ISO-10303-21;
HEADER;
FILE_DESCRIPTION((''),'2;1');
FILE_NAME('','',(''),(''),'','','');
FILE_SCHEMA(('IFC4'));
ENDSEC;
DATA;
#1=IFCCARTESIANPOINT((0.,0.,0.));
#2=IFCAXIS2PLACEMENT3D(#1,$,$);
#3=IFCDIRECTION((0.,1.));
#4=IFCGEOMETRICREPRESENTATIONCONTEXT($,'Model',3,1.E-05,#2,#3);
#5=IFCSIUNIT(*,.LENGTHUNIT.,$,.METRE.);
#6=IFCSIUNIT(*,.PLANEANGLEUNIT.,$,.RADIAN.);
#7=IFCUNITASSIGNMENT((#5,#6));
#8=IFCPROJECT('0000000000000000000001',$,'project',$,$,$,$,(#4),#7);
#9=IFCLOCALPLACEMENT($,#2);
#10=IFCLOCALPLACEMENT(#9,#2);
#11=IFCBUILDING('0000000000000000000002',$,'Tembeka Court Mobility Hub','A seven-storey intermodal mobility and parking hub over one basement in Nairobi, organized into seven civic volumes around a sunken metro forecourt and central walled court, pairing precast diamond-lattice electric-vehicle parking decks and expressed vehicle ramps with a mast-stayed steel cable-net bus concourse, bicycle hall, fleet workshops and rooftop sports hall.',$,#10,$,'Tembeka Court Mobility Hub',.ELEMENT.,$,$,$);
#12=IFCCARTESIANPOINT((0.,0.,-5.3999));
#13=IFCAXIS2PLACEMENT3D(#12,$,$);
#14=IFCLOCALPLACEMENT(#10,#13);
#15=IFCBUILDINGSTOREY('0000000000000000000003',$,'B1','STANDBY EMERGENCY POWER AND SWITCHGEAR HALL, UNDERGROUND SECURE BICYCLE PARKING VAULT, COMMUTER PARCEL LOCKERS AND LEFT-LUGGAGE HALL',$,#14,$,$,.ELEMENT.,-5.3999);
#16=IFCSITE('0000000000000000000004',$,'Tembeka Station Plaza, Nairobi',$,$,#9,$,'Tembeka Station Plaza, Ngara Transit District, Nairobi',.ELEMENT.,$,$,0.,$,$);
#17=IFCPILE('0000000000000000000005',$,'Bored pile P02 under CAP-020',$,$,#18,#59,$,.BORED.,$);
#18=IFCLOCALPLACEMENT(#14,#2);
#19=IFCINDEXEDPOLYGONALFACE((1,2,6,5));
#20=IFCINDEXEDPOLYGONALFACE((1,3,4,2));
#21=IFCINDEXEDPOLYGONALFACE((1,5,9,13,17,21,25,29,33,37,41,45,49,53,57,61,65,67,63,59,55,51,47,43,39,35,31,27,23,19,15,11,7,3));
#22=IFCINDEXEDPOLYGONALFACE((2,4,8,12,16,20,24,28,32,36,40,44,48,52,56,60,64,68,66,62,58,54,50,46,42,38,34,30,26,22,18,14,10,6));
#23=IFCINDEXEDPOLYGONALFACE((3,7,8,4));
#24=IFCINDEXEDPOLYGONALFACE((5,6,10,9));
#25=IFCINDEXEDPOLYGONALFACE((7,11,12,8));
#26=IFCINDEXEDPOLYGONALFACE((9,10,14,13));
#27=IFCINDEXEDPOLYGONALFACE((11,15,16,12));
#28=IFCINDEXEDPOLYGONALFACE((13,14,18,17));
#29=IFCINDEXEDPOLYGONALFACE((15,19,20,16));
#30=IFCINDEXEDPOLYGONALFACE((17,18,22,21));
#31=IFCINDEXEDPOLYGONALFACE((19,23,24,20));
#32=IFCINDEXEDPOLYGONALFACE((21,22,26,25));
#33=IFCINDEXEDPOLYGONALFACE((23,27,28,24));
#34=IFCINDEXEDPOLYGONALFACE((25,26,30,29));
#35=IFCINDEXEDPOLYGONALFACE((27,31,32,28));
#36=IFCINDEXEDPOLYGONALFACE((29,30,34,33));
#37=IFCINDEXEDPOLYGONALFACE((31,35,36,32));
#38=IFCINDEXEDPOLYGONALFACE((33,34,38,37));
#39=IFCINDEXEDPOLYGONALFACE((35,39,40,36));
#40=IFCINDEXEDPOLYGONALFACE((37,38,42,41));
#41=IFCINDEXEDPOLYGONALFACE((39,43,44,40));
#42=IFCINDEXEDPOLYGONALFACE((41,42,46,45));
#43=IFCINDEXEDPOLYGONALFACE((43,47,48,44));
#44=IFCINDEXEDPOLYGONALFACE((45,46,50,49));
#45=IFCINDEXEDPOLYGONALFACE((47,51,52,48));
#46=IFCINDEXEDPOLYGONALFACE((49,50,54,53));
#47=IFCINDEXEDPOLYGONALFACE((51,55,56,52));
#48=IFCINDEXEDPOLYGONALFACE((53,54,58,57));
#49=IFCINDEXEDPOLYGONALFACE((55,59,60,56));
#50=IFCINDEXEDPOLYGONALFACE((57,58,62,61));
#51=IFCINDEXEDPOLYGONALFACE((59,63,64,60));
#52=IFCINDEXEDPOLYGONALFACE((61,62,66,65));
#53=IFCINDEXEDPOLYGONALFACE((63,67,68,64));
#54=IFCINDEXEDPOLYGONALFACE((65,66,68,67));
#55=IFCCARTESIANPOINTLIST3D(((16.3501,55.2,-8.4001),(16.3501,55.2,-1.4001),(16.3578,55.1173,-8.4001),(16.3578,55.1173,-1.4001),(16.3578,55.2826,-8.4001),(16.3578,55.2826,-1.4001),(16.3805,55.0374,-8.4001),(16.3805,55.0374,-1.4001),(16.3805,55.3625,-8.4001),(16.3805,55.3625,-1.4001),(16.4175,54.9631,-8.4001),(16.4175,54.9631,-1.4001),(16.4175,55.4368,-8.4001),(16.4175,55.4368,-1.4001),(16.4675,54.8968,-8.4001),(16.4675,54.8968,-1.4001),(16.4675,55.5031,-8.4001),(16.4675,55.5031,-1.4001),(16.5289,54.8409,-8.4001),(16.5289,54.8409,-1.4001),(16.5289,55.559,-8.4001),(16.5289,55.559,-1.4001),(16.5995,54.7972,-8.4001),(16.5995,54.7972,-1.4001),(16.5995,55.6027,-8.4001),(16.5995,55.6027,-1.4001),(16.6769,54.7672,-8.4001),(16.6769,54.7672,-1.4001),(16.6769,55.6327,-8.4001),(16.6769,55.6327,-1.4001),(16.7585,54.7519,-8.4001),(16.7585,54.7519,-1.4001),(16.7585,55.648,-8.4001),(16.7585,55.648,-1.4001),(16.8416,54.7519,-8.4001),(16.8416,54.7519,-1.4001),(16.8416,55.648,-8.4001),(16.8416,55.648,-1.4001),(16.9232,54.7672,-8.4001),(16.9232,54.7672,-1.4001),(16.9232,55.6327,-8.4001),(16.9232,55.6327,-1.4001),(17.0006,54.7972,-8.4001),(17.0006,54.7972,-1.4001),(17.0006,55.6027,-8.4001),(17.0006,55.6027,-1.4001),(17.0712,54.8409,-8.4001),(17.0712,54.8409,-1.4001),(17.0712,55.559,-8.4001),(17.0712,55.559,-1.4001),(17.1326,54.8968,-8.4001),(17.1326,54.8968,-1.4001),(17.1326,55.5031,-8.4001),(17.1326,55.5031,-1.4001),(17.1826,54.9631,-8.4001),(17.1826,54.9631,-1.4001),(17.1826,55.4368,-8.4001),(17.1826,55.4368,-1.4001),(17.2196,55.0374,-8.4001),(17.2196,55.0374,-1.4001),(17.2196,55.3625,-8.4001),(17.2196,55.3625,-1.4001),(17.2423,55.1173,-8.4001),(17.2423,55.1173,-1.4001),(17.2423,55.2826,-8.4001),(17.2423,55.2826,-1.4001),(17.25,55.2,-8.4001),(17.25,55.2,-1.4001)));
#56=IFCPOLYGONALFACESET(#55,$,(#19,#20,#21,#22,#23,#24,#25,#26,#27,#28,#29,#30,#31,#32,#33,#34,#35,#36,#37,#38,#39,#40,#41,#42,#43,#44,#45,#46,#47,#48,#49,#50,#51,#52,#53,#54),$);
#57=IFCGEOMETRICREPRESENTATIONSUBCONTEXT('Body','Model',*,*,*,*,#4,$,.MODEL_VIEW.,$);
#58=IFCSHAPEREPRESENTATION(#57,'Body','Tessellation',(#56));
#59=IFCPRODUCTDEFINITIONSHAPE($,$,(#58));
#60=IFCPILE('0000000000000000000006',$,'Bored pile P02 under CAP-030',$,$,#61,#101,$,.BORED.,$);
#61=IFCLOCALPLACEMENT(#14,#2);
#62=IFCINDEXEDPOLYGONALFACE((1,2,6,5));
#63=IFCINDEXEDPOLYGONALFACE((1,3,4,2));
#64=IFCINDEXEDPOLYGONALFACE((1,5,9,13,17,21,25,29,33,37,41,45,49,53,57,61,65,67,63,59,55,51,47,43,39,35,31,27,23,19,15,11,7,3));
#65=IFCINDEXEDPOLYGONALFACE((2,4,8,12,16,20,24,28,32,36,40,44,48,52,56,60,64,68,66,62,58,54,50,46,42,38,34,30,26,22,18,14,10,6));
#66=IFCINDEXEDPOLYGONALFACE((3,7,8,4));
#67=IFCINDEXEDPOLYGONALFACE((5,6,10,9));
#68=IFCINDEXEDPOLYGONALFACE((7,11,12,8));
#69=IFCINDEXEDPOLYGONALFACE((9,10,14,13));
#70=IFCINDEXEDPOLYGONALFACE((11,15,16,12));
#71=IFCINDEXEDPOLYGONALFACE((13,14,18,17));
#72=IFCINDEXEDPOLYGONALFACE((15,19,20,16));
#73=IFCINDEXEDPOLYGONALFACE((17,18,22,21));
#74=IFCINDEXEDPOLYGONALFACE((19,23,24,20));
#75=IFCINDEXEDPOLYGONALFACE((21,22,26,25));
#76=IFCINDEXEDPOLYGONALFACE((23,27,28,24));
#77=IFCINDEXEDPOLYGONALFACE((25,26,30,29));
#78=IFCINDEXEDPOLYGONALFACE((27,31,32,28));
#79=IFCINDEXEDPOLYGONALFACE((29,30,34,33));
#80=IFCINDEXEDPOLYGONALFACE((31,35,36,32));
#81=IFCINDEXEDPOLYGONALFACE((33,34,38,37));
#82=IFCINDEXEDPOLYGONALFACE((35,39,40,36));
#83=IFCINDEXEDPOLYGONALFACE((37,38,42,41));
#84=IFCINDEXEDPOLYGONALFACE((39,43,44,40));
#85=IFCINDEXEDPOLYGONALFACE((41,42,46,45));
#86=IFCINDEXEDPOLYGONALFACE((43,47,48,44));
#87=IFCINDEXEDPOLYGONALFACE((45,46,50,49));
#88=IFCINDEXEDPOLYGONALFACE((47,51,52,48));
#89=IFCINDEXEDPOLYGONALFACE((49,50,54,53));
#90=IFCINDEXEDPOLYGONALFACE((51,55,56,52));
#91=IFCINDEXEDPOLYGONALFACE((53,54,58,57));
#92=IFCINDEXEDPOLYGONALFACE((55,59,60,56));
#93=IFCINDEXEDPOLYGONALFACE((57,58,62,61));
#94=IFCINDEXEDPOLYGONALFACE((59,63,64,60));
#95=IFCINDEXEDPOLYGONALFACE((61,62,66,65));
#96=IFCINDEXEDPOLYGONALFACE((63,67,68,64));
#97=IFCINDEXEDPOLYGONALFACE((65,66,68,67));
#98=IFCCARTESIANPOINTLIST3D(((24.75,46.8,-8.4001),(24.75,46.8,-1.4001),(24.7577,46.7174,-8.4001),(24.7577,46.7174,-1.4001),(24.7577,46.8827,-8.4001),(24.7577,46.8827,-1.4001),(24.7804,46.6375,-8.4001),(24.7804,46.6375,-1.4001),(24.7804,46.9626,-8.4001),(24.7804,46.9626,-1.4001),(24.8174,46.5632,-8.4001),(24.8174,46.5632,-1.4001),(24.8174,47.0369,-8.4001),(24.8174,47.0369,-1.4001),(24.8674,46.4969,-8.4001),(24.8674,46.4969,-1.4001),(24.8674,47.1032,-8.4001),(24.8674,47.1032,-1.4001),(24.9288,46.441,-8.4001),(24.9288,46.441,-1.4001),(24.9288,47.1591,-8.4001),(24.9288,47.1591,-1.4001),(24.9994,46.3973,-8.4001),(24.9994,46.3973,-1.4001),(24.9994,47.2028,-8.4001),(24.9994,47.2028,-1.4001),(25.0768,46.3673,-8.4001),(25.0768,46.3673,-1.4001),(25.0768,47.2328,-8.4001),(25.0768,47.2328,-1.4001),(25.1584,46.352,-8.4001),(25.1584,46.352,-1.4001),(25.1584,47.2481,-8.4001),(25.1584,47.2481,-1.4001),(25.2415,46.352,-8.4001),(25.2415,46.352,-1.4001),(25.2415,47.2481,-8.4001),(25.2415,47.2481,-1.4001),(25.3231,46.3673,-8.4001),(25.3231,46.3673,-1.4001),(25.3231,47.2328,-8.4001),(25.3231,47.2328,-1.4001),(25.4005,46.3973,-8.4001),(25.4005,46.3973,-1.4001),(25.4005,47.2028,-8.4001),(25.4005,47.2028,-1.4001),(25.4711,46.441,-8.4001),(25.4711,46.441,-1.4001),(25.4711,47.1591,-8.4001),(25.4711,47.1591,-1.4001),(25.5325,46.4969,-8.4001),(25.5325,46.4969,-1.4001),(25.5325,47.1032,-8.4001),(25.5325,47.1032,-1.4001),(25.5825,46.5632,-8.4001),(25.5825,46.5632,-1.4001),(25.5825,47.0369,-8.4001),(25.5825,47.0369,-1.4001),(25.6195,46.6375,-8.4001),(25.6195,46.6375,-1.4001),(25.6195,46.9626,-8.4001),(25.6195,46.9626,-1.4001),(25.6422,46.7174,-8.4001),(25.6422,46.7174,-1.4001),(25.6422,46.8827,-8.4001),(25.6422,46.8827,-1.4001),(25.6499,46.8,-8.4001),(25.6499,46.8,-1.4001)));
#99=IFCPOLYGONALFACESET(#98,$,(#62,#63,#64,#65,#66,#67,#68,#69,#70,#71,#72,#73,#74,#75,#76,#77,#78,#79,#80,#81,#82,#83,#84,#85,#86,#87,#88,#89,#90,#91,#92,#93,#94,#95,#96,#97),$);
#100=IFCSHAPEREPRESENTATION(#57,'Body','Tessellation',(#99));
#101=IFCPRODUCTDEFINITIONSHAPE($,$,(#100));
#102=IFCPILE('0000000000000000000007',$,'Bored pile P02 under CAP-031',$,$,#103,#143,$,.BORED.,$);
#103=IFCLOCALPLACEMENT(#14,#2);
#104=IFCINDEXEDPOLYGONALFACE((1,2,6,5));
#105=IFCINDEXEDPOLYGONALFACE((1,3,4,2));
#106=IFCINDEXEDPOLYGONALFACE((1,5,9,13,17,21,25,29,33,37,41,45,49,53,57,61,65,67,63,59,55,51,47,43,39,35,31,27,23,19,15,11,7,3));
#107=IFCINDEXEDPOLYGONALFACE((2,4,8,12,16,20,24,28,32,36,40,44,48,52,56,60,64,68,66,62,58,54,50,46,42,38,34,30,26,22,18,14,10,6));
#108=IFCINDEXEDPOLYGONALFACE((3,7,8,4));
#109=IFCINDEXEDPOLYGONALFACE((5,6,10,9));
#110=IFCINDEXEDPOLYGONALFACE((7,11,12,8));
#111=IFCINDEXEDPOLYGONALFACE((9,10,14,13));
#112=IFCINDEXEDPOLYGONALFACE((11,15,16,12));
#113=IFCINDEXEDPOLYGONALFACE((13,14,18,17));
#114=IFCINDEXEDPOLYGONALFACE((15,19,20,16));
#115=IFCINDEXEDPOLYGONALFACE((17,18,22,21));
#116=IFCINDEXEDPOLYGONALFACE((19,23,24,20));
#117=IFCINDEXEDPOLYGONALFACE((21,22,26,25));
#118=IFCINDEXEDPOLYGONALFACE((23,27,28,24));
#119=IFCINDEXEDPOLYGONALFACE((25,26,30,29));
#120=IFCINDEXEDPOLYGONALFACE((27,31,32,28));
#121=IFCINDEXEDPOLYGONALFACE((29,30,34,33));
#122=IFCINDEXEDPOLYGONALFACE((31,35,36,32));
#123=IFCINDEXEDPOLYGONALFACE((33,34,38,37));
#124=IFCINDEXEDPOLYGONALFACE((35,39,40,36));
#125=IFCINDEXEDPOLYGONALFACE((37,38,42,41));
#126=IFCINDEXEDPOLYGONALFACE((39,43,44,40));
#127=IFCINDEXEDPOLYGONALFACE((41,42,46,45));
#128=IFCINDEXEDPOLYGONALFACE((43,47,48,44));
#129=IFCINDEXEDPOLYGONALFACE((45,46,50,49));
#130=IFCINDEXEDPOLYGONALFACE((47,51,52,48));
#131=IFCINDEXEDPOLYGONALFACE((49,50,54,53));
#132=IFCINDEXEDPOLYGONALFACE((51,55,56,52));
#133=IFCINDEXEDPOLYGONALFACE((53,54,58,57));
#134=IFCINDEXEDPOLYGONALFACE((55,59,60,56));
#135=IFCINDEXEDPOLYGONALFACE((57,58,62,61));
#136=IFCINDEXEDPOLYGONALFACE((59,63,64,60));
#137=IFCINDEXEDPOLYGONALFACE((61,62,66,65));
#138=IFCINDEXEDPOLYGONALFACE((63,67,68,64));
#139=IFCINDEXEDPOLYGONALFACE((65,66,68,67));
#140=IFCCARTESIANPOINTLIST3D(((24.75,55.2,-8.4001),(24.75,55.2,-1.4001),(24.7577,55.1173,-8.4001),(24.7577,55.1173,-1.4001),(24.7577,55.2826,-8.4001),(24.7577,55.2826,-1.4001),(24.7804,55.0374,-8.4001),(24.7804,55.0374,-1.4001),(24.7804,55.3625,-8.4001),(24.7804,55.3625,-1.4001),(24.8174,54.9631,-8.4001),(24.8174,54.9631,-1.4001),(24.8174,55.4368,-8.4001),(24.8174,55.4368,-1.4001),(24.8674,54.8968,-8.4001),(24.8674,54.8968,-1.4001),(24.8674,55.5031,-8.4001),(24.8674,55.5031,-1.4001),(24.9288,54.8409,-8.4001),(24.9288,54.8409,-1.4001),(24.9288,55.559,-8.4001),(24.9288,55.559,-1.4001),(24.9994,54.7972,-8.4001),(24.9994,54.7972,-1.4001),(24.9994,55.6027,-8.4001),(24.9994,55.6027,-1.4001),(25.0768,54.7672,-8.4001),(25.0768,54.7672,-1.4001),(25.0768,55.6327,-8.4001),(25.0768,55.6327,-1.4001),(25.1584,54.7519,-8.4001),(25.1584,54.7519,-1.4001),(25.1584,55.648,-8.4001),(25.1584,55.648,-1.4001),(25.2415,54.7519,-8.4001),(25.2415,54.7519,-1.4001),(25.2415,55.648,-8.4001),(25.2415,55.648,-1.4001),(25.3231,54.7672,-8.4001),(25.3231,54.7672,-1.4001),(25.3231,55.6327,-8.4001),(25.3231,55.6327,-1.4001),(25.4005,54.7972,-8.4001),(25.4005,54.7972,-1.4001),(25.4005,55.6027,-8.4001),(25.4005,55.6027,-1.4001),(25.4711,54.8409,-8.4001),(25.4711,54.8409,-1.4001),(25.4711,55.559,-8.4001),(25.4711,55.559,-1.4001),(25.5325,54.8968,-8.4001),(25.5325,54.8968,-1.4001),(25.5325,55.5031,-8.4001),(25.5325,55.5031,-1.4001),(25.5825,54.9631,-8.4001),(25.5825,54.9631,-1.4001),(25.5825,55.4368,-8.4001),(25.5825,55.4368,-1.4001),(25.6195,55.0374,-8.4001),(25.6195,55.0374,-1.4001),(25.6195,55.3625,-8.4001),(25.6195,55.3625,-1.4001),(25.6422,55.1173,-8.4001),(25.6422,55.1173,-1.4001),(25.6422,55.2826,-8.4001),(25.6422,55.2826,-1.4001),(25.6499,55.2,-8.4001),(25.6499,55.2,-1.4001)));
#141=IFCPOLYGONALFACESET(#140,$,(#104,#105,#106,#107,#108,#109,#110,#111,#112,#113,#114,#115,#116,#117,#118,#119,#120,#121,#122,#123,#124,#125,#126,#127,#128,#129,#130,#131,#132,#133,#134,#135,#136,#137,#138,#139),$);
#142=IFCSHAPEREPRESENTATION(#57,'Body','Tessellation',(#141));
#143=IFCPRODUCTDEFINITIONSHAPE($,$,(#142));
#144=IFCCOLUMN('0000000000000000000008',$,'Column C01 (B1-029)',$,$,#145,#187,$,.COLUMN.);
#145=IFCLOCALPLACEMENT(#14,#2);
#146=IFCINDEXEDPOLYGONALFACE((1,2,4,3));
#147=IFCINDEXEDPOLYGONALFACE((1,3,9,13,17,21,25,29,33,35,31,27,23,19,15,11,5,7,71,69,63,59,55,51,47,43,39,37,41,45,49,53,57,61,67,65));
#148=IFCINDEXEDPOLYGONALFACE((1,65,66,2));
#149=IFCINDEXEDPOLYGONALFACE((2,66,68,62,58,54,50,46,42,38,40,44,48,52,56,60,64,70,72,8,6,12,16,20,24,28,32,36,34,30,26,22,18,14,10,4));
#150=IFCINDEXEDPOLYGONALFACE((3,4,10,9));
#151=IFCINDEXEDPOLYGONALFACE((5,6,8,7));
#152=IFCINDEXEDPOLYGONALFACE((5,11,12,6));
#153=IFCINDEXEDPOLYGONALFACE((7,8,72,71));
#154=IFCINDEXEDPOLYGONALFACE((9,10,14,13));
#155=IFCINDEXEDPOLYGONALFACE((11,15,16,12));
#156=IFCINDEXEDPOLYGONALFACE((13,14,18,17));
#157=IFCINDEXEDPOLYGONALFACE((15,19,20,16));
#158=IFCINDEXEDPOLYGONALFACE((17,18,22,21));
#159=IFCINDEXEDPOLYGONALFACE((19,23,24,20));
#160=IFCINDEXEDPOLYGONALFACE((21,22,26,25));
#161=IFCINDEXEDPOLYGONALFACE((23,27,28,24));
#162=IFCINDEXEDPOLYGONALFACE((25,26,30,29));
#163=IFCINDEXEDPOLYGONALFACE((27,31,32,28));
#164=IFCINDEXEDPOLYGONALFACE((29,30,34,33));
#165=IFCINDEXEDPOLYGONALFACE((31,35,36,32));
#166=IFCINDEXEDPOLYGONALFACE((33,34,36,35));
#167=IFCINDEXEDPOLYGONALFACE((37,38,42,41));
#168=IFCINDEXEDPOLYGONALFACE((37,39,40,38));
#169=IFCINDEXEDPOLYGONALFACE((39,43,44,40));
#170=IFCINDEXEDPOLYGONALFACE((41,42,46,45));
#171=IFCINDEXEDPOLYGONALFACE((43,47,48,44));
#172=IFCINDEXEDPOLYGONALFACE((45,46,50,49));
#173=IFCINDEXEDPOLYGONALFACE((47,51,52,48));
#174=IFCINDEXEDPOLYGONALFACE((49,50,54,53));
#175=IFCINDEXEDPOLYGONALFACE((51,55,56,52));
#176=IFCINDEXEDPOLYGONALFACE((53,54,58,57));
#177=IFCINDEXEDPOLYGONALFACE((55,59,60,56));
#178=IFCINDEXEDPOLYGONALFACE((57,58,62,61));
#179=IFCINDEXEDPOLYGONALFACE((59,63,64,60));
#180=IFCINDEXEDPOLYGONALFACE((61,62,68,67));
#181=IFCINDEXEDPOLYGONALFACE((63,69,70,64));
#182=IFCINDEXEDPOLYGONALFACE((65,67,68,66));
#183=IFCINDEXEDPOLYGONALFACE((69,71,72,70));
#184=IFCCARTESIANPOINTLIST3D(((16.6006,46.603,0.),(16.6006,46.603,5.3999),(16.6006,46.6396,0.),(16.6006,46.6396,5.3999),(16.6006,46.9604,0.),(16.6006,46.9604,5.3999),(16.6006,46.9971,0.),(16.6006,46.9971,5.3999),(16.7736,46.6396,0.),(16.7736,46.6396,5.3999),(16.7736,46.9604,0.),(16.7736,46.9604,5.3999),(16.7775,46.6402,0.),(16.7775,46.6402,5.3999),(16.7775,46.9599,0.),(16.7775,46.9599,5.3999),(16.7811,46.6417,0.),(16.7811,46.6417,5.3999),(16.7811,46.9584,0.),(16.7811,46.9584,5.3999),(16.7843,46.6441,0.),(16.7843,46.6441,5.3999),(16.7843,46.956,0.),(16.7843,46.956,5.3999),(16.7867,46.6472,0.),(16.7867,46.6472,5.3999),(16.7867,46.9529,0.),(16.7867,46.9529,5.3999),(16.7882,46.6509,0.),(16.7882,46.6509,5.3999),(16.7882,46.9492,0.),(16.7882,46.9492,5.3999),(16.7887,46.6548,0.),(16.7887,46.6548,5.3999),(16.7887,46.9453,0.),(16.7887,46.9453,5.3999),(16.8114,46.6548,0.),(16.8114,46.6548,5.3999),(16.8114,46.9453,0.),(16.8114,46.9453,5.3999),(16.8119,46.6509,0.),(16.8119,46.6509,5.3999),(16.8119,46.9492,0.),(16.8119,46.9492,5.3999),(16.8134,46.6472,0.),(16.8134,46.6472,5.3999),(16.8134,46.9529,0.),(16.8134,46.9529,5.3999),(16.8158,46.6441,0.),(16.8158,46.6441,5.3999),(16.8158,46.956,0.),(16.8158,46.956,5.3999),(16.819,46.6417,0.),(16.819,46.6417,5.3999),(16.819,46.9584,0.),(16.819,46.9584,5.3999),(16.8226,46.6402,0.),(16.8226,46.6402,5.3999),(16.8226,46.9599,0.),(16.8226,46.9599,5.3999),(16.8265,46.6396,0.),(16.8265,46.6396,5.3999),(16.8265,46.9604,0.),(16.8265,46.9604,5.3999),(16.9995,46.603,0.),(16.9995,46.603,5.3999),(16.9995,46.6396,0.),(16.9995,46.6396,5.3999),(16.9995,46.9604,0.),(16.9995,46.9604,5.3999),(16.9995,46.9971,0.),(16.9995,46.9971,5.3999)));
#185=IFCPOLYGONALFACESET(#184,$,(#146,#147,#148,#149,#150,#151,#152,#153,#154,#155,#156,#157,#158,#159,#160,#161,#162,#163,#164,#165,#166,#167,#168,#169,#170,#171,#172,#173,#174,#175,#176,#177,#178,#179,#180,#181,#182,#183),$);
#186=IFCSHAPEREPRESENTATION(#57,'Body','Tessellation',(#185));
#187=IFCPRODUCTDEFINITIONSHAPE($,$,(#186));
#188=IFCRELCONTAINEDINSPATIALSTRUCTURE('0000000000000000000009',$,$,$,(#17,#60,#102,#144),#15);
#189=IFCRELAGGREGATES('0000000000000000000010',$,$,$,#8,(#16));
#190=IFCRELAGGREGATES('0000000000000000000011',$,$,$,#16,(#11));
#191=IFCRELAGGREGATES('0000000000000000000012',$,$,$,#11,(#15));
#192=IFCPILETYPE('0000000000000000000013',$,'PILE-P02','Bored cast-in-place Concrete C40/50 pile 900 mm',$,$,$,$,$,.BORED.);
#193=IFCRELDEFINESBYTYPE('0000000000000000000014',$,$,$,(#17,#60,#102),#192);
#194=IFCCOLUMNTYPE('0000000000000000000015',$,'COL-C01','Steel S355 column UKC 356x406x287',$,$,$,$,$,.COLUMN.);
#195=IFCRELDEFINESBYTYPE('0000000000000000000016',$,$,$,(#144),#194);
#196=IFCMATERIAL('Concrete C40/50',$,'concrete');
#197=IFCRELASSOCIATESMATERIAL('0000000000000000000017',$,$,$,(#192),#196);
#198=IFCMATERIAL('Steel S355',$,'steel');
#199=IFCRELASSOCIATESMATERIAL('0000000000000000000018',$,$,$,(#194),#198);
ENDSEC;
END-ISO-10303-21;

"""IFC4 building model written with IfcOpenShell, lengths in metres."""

from ifc_helpers import new_model, si_unit, direction, frame, origin, origin_2d, place, context, subcontext, project, spatial, circle, i_section, extrude, material, material_profile, profile_set, type_object, element, save


model = new_model("IFC4")

# Units and contexts
model_context = context("Model", 3, precision=1e-05, world=origin(), true_north=direction((0.0, 1.0)))
body_context = subcontext(model_context, "Body", "Model", "MODEL_VIEW")
ifc_project = project(units=[si_unit("LENGTHUNIT", "METRE"), si_unit("PLANEANGLEUNIT", "RADIAN")], contexts=[model_context])

# Site, building, storey
site_placement = place(None, origin())
site = spatial("IfcSite", under=ifc_project, at=site_placement, Name="Tembeka Station Plaza, Nairobi", LongName="Tembeka Station Plaza, Ngara Transit District, Nairobi", CompositionType="ELEMENT", RefElevation=0.0)
building_placement = place(site_placement, origin())
building = spatial("IfcBuilding", under=site, at=building_placement, Name="Tembeka Court Mobility Hub", Description="A seven-storey intermodal mobility and parking hub over one basement in Nairobi, organized into seven civic volumes around a sunken metro forecourt and central walled court, pairing precast diamond-lattice electric-vehicle parking decks and expressed vehicle ramps with a mast-stayed steel cable-net bus concourse, bicycle hall, fleet workshops and rooftop sports hall.", LongName="Tembeka Court Mobility Hub", CompositionType="ELEMENT")
storey_placement = place(building_placement, frame((0.0, 0.0, -5.3999)))
storey = spatial("IfcBuildingStorey", under=building, at=storey_placement, Name="B1", Description="STANDBY EMERGENCY POWER AND SWITCHGEAR HALL, UNDERGROUND SECURE BICYCLE PARKING VAULT, COMMUTER PARCEL LOCKERS AND LEFT-LUGGAGE HALL", CompositionType="ELEMENT", Elevation=-5.3999)

# Shared definitions
ifc_material_1 = material(Name="Concrete C40/50", Category="concrete")

# Piles
ifc_material_profile_1 = material_profile(ifc_material_1, circle(Radius=0.45, at=origin_2d()), Name="PILE D900")
ifc_profile_set_1 = profile_set([ifc_material_profile_1], Name="Concrete C40/50")
pile_type = type_object("IfcPileType", Name="PILE-P02", Description="Bored cast-in-place Concrete C40/50 pile 900 mm", PredefinedType="BORED", material=ifc_profile_set_1)
for number, where, z_axis, x_axis, name in (
    (1, (16.8, 55.2, -1.4001), (0.0, 0.0, -1.0), (1.0, 0.0, 0.0), "Bored pile P02 under CAP-020"),
    (2, (25.2, 46.8, -1.4001), (0.0, 0.0, -1.0), (1.0, 0.0, 0.0), "Bored pile P02 under CAP-030"),
    (3, (25.2, 55.2, -1.4001), (0.0, 0.0, -1.0), (1.0, 0.0, 0.0), "Bored pile P02 under CAP-031"),
):
    element("IfcPile", number, at=place(storey_placement, frame(where, z_axis=z_axis, x_axis=x_axis)), inside=storey, type_object=pile_type, Name=name, PredefinedType="BORED", context=body_context, shape_type="SweptSolid", body=[
        extrude(circle(Radius=0.45, at=origin_2d()), origin(), (0.0, 0.0, 1.0), 7.0),
    ])

# Column
ifc_material_2 = material(Name="Steel S355", Category="steel")
ifc_material_profile_2 = material_profile(ifc_material_2, i_section(OverallWidth=0.3989, OverallDepth=0.394, WebThickness=0.0227, FlangeThickness=0.0366, FilletRadius=0.0151, at=origin_2d()), Name="UKC 356x406x287")
ifc_profile_set_2 = profile_set([ifc_material_profile_2], Name="Steel S355")
column_type = type_object("IfcColumnType", Name="COL-C01", Description="Steel S355 column UKC 356x406x287", PredefinedType="COLUMN", material=ifc_profile_set_2)
for number, where, z_axis, x_axis, name in (
    (4, (16.8, 46.8, 0.0), (0.0, 0.0, 1.0), (1.0, 0.0, 0.0), "Column C01 (B1-029)"),
):
    element("IfcColumn", number, at=place(storey_placement, frame(where, z_axis=z_axis, x_axis=x_axis)), inside=storey, type_object=column_type, Name=name, PredefinedType="COLUMN", context=body_context, shape_type="SweptSolid", body=[
        extrude(i_section(OverallWidth=0.3989, OverallDepth=0.394, WebThickness=0.0227, FlangeThickness=0.0366, FilletRadius=0.0151, at=origin_2d()), origin(), (0.0, 0.0, 1.0), 5.3999),
    ])

save(model, "model.ifc")
